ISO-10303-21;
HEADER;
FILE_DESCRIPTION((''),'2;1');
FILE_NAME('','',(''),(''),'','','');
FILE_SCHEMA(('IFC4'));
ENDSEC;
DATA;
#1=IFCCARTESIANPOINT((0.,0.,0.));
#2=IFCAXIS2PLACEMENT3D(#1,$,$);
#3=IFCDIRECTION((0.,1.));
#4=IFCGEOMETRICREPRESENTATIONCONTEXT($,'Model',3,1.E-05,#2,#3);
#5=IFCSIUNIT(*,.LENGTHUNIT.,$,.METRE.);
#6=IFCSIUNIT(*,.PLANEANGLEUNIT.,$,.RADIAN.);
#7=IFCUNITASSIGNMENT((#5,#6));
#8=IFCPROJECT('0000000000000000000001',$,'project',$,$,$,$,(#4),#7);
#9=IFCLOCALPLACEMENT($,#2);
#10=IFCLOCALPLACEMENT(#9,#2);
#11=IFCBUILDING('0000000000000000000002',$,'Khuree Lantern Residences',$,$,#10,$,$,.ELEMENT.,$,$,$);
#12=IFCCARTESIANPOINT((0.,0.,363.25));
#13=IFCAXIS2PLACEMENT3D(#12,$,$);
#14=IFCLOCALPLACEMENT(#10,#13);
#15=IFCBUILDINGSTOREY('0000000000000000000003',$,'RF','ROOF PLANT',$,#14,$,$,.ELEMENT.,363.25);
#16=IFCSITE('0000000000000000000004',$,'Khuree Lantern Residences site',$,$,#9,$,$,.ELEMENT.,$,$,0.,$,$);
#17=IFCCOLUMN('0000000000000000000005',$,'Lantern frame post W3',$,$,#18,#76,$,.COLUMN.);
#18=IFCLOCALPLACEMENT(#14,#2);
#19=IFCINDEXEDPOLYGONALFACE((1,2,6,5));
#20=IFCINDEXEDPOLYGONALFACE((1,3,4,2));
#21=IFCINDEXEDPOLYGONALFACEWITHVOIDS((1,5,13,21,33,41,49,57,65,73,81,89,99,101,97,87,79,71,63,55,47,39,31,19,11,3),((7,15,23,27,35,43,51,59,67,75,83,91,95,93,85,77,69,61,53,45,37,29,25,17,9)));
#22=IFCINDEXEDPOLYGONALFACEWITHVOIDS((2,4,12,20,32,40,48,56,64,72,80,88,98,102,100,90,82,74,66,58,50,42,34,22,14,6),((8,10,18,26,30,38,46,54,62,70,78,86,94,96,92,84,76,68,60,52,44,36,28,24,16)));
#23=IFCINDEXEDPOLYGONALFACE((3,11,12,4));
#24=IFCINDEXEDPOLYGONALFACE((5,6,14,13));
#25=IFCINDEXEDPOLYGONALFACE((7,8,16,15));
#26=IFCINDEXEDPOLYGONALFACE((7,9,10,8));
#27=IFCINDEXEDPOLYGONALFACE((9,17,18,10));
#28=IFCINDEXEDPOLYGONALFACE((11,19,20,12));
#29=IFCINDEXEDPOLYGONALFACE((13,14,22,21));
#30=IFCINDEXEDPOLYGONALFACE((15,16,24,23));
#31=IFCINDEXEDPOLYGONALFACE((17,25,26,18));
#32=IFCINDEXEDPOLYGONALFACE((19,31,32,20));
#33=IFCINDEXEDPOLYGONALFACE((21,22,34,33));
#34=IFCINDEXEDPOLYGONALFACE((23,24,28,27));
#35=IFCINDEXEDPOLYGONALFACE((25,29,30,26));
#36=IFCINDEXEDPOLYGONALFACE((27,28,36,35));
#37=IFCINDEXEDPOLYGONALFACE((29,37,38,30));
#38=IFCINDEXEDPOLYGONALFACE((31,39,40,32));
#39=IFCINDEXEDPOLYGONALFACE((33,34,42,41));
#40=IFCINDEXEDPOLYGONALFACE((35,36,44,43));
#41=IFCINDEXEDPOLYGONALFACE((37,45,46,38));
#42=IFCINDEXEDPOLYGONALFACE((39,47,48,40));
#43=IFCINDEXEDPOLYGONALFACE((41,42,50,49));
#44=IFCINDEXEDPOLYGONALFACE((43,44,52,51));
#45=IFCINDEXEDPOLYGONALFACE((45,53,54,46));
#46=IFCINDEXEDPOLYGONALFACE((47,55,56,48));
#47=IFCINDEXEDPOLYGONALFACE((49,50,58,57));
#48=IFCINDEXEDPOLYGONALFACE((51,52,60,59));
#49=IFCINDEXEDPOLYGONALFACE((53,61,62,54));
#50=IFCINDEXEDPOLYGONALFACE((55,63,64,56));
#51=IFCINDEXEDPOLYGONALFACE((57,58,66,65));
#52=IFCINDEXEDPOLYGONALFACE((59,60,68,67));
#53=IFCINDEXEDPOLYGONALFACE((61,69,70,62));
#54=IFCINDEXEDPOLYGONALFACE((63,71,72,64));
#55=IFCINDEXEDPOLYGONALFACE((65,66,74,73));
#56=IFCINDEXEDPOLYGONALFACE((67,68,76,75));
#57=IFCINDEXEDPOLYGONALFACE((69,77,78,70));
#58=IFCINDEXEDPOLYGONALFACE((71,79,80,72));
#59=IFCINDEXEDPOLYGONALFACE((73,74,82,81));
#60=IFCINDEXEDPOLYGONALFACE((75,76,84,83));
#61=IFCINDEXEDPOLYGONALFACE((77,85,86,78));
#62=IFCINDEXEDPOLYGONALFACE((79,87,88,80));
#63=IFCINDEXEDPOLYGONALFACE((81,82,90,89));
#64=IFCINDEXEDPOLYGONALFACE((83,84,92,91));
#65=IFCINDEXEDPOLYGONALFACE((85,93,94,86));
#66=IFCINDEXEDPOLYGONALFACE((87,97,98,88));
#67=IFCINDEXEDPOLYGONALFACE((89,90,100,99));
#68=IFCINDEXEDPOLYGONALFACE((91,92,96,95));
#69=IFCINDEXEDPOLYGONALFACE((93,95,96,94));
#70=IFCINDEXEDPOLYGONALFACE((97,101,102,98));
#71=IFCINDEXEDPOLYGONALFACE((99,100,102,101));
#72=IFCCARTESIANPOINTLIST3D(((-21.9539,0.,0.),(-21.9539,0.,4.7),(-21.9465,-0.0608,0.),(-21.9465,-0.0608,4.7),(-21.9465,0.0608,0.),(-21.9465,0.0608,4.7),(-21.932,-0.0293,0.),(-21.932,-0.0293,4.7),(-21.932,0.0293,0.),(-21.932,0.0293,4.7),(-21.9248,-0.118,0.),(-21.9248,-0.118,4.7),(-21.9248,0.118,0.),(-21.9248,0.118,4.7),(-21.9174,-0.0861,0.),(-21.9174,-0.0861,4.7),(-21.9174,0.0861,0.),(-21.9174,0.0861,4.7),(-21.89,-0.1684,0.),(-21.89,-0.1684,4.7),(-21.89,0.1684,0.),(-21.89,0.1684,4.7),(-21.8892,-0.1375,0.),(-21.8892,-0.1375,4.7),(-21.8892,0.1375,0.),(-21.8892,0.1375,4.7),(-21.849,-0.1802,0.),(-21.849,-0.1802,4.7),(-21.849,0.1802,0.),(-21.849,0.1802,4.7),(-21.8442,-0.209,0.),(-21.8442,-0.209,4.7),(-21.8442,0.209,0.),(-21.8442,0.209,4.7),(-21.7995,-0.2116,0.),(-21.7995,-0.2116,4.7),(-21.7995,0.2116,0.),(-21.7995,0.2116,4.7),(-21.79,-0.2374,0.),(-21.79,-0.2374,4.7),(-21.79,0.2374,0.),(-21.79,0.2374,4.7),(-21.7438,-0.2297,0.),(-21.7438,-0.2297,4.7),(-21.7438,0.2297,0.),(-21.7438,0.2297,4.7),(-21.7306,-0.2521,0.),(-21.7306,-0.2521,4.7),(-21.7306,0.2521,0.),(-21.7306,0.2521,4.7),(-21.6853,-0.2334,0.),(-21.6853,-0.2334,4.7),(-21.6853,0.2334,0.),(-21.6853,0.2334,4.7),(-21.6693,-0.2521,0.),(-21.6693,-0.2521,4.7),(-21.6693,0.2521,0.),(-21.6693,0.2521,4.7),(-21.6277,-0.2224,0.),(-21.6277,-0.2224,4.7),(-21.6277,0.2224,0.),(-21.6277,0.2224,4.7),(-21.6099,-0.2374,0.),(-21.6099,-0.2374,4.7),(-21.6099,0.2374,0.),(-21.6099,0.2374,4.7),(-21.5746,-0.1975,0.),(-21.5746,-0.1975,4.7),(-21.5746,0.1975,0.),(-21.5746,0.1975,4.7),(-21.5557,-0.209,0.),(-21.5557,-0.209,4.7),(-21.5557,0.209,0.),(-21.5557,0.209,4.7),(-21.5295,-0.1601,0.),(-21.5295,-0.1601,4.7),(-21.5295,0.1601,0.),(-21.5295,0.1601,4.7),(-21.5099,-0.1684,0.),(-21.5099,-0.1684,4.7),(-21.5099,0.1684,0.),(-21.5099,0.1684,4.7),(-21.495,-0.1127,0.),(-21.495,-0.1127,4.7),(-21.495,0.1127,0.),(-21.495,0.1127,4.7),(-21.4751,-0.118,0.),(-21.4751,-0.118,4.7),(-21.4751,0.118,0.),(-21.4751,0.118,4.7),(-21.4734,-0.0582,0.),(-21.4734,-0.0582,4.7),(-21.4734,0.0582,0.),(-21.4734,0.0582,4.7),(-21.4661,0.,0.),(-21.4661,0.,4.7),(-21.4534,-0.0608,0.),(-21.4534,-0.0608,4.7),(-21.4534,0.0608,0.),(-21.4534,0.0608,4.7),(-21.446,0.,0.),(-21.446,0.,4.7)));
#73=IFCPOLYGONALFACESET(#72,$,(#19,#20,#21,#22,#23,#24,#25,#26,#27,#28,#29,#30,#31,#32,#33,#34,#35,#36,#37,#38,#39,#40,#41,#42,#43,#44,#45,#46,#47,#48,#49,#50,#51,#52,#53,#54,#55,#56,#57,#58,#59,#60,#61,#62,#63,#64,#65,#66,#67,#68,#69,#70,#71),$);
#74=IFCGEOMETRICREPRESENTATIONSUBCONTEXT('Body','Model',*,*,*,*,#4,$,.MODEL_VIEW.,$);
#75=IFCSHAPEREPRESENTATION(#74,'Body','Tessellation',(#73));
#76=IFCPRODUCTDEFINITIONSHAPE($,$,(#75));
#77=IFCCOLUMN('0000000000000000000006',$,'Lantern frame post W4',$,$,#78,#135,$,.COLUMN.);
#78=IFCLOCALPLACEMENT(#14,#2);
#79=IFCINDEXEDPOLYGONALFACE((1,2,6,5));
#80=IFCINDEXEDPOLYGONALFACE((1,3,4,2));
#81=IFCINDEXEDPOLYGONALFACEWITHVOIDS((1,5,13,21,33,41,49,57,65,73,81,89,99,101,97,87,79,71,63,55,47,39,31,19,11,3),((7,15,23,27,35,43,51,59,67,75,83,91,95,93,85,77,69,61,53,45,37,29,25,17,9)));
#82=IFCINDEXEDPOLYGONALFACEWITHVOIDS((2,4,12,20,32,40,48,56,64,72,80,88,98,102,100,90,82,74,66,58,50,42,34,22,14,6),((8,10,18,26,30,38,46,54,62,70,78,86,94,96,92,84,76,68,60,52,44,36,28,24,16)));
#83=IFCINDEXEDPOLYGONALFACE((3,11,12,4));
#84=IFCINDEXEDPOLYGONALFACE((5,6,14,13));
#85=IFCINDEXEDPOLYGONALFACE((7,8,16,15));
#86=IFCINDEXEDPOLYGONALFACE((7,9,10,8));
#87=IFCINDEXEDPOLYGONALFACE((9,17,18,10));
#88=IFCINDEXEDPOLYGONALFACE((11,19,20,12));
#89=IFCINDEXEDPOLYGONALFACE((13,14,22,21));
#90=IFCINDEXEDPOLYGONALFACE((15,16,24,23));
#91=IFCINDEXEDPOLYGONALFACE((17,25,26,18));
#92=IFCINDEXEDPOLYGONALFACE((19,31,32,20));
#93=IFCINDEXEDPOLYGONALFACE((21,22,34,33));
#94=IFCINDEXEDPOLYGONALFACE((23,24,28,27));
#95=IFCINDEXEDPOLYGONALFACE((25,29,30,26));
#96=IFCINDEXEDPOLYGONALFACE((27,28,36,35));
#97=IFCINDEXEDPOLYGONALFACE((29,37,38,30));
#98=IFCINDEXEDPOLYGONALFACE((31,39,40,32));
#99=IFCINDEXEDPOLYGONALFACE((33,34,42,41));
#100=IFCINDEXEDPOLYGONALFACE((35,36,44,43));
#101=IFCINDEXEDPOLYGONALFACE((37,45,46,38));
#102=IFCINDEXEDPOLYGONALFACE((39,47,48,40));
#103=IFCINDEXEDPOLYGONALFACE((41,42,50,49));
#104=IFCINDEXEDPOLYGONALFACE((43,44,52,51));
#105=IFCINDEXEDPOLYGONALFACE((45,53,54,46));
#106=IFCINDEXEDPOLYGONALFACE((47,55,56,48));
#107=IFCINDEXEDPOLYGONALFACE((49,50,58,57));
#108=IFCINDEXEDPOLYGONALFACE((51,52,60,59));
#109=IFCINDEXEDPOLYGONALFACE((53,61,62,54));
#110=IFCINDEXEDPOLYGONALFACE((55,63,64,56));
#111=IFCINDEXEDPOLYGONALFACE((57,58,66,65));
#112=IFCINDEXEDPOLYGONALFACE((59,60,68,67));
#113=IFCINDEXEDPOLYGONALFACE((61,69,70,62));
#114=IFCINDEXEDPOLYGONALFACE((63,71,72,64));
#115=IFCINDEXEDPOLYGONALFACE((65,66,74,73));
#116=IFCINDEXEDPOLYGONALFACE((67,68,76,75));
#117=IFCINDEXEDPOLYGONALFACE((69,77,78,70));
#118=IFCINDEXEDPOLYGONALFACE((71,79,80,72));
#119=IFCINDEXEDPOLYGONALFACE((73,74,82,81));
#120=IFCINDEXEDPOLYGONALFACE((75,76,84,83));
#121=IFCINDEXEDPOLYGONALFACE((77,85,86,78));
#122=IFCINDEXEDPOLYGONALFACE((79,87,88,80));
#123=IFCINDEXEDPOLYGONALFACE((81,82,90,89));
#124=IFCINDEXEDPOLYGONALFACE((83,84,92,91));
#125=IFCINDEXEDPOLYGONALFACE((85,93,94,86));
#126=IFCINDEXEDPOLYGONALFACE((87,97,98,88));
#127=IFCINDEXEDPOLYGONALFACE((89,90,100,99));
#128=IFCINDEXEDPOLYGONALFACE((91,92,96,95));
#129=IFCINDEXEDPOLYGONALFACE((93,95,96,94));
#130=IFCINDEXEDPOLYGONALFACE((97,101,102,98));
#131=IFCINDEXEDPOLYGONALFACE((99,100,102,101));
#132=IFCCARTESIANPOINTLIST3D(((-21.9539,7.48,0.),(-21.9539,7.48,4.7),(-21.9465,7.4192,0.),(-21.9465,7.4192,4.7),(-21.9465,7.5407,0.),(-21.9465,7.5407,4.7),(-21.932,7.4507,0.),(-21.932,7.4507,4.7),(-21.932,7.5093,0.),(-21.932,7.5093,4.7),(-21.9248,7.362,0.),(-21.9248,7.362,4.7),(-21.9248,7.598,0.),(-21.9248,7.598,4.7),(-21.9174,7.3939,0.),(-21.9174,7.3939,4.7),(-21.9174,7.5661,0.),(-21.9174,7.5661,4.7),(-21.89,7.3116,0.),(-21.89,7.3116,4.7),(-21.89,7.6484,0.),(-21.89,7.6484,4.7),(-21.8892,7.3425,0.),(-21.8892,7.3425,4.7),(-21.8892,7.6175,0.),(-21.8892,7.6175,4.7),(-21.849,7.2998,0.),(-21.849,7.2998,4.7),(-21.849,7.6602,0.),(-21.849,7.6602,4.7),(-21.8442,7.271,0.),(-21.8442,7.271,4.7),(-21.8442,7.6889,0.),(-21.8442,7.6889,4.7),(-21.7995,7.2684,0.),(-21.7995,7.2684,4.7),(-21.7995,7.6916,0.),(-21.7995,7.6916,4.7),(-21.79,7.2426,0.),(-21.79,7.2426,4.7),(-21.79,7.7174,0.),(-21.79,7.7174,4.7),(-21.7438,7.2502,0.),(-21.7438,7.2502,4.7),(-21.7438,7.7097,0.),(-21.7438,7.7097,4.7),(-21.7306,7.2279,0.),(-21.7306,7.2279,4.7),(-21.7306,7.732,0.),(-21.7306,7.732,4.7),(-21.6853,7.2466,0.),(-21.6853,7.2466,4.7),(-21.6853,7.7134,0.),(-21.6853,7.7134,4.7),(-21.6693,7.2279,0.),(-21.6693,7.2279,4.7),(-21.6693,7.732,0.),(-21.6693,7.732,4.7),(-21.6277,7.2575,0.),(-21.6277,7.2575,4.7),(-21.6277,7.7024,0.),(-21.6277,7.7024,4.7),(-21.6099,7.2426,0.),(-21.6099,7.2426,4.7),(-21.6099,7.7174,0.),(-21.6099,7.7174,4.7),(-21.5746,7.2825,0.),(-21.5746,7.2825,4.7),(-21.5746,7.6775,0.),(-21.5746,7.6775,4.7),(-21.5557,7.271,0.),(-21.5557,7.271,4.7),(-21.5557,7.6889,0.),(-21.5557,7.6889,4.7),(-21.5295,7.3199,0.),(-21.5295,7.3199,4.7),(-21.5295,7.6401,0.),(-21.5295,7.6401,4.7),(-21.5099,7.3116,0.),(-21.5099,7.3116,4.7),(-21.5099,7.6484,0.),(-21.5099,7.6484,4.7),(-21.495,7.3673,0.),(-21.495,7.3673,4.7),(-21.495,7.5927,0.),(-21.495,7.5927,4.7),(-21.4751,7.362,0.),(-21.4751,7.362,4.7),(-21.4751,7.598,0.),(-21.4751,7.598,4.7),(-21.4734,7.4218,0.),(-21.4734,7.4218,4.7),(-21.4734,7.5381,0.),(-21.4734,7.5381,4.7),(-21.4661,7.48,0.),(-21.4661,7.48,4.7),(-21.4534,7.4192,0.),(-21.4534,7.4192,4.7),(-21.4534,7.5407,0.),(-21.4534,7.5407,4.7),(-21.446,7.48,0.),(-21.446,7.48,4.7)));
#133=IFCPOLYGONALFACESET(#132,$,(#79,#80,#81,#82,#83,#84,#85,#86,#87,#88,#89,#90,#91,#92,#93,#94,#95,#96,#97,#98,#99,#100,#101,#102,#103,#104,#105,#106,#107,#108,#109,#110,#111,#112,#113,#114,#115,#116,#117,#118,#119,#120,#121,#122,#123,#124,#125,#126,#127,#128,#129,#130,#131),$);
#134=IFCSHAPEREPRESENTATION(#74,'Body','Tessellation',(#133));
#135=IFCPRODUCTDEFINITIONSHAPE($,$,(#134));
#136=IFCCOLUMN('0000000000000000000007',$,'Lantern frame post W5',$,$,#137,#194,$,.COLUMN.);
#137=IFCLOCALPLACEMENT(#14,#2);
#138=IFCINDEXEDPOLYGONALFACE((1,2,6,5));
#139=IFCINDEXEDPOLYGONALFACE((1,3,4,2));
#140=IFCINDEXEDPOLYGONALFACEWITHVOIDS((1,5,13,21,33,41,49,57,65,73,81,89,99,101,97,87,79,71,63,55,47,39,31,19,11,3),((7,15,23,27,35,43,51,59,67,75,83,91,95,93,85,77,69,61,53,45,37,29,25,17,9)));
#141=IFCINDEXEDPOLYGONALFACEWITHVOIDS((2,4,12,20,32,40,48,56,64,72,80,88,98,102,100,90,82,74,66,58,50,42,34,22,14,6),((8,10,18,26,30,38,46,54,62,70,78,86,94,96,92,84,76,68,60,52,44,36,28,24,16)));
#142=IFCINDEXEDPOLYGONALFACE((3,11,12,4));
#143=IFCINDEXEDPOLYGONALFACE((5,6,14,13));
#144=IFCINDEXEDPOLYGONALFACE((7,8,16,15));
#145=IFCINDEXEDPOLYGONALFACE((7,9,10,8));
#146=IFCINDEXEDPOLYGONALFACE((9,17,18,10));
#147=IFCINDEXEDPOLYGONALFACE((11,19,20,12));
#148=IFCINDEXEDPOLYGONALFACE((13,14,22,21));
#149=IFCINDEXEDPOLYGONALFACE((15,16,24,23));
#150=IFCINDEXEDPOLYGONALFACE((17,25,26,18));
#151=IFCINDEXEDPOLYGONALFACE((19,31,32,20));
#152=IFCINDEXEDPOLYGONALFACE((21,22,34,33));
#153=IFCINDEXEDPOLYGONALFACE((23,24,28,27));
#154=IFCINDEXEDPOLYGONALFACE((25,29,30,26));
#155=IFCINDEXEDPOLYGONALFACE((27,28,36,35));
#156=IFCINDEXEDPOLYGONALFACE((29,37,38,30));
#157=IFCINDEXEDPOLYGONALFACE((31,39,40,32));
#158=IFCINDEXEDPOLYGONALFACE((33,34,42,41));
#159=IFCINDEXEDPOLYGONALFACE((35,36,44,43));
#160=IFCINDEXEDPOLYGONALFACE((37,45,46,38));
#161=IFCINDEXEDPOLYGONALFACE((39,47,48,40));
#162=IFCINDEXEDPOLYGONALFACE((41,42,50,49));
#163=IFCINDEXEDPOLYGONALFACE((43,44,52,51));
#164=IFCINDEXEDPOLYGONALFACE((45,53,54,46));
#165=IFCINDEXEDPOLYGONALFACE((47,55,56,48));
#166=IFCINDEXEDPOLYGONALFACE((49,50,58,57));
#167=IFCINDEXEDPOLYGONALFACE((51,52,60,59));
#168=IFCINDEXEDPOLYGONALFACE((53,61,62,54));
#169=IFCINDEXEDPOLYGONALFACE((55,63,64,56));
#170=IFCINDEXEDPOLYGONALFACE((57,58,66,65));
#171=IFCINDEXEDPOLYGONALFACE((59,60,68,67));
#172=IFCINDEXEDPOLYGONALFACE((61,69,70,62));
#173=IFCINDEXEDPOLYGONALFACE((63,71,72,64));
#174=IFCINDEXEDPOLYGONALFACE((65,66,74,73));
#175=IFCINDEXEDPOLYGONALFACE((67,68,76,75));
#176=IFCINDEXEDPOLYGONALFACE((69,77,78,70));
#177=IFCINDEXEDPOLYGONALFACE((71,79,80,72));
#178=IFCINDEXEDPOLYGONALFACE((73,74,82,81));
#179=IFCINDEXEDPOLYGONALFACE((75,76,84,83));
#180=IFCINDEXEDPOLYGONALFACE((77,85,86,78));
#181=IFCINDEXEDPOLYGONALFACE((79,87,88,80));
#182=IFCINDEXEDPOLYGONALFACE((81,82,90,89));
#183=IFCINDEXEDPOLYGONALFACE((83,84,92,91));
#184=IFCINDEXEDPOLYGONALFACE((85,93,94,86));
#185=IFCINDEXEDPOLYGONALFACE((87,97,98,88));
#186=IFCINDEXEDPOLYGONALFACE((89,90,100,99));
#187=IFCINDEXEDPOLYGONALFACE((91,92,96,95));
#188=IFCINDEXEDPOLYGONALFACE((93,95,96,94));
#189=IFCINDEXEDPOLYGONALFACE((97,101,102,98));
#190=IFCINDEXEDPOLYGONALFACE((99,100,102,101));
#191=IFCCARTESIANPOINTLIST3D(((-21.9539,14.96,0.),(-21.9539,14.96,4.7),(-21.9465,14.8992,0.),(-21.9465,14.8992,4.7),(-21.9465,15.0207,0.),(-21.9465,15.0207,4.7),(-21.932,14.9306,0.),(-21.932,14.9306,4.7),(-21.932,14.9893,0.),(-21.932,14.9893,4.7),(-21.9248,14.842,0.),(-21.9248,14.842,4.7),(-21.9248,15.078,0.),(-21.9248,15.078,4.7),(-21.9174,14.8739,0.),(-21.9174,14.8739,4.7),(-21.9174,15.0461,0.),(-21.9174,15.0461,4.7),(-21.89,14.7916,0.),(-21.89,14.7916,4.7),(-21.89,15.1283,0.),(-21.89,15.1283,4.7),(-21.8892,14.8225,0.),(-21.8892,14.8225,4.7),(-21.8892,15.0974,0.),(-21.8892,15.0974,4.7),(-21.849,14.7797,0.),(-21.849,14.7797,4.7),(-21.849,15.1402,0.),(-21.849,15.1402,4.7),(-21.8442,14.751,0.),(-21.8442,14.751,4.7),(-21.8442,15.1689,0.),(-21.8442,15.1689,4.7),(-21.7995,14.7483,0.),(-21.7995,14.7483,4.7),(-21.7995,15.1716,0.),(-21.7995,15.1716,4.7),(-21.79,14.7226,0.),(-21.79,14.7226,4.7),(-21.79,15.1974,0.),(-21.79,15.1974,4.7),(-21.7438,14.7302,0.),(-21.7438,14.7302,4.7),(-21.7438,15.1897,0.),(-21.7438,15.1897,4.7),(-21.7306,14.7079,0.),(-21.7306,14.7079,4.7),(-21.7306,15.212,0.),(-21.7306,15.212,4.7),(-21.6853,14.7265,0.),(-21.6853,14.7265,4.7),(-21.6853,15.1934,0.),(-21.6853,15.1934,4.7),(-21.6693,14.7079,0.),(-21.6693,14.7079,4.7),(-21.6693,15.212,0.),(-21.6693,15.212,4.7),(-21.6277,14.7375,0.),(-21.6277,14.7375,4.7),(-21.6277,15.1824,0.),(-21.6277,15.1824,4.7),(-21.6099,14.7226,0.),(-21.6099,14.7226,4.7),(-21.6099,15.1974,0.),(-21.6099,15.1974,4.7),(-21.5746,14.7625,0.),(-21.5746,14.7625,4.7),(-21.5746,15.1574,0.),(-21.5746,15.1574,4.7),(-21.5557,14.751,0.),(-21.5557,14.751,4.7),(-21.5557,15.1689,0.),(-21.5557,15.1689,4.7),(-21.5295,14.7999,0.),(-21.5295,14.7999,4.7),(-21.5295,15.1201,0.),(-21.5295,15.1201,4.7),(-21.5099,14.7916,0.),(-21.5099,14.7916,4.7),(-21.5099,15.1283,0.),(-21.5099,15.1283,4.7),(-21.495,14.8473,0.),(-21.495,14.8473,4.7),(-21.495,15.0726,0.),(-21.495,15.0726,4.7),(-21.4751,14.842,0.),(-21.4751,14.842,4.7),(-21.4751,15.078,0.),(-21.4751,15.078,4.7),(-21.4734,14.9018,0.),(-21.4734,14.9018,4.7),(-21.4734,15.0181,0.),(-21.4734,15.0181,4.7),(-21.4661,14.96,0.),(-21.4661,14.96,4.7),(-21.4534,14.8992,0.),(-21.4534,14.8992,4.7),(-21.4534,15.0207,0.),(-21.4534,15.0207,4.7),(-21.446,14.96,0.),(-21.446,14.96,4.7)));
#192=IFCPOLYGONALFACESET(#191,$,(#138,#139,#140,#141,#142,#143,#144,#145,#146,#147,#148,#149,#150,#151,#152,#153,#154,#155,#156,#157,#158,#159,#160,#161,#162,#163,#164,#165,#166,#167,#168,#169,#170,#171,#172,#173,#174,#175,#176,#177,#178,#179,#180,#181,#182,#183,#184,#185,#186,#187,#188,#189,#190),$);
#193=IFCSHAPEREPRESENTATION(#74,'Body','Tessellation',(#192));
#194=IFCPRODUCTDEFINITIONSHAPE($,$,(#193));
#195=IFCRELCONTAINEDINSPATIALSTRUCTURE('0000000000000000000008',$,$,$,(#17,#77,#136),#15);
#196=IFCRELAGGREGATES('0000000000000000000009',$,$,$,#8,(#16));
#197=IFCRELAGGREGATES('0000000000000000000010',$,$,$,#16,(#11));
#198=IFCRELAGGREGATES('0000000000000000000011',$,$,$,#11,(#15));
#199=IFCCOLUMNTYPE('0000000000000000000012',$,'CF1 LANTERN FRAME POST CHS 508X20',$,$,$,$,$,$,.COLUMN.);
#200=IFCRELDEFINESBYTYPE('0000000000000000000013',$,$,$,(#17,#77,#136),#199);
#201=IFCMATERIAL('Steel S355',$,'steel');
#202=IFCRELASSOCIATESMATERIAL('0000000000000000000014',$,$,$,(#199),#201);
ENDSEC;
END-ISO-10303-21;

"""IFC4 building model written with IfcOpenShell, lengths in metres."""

from ifc_helpers import new_model, si_unit, direction, frame, origin, origin_2d, place, context, subcontext, project, spatial, hollow_circle, extrude, material, material_profile, profile_set, type_object, element, save


model = new_model("IFC4")

# Units and contexts
model_context = context("Model", 3, precision=1e-05, world=origin(), true_north=direction((0.0, 1.0)))
body_context = subcontext(model_context, "Body", "Model", "MODEL_VIEW")
ifc_project = project(units=[si_unit("LENGTHUNIT", "METRE"), si_unit("PLANEANGLEUNIT", "RADIAN")], contexts=[model_context])

# Site, building, storey
site_placement = place(None, origin())
site = spatial("IfcSite", under=ifc_project, at=site_placement, Name="Khuree Lantern Residences site", CompositionType="ELEMENT", RefElevation=0.0)
building_placement = place(site_placement, origin())
building = spatial("IfcBuilding", under=site, at=building_placement, Name="Khuree Lantern Residences", CompositionType="ELEMENT")
storey_placement = place(building_placement, frame((0.0, 0.0, 363.25)))
storey = spatial("IfcBuildingStorey", under=building, at=storey_placement, Name="RF", Description="ROOF PLANT", CompositionType="ELEMENT", Elevation=363.25)

# Columns
ifc_material_1 = material(Name="Steel S355", Category="steel")
ifc_material_profile_1 = material_profile(ifc_material_1, hollow_circle(Radius=0.2539, WallThickness=0.02, at=origin_2d()), Name="CHS 508X20")
ifc_profile_set_1 = profile_set([ifc_material_profile_1], Name="Steel S355")
column_type = type_object("IfcColumnType", Name="CF1 LANTERN FRAME POST CHS 508X20", PredefinedType="COLUMN", material=ifc_profile_set_1)
for number, where, z_axis, x_axis, name in (
    (1, (-21.7, 0.0, 0.0), (0.0, 0.0, 1.0), (1.0, 0.0, 0.0), "Lantern frame post W3"),
    (2, (-21.7, 7.48, 0.0), (0.0, 0.0, 1.0), (1.0, 0.0, 0.0), "Lantern frame post W4"),
    (3, (-21.7, 14.96, 0.0), (0.0, 0.0, 1.0), (1.0, 0.0, 0.0), "Lantern frame post W5"),
):
    element("IfcColumn", number, at=place(storey_placement, frame(where, z_axis=z_axis, x_axis=x_axis)), inside=storey, type_object=column_type, Name=name, PredefinedType="COLUMN", context=body_context, shape_type="SweptSolid", body=[
        extrude(hollow_circle(Radius=0.2539, WallThickness=0.02, at=origin_2d()), origin(), (0.0, 0.0, 1.0), 4.7),
    ])

save(model, "model.ifc")
